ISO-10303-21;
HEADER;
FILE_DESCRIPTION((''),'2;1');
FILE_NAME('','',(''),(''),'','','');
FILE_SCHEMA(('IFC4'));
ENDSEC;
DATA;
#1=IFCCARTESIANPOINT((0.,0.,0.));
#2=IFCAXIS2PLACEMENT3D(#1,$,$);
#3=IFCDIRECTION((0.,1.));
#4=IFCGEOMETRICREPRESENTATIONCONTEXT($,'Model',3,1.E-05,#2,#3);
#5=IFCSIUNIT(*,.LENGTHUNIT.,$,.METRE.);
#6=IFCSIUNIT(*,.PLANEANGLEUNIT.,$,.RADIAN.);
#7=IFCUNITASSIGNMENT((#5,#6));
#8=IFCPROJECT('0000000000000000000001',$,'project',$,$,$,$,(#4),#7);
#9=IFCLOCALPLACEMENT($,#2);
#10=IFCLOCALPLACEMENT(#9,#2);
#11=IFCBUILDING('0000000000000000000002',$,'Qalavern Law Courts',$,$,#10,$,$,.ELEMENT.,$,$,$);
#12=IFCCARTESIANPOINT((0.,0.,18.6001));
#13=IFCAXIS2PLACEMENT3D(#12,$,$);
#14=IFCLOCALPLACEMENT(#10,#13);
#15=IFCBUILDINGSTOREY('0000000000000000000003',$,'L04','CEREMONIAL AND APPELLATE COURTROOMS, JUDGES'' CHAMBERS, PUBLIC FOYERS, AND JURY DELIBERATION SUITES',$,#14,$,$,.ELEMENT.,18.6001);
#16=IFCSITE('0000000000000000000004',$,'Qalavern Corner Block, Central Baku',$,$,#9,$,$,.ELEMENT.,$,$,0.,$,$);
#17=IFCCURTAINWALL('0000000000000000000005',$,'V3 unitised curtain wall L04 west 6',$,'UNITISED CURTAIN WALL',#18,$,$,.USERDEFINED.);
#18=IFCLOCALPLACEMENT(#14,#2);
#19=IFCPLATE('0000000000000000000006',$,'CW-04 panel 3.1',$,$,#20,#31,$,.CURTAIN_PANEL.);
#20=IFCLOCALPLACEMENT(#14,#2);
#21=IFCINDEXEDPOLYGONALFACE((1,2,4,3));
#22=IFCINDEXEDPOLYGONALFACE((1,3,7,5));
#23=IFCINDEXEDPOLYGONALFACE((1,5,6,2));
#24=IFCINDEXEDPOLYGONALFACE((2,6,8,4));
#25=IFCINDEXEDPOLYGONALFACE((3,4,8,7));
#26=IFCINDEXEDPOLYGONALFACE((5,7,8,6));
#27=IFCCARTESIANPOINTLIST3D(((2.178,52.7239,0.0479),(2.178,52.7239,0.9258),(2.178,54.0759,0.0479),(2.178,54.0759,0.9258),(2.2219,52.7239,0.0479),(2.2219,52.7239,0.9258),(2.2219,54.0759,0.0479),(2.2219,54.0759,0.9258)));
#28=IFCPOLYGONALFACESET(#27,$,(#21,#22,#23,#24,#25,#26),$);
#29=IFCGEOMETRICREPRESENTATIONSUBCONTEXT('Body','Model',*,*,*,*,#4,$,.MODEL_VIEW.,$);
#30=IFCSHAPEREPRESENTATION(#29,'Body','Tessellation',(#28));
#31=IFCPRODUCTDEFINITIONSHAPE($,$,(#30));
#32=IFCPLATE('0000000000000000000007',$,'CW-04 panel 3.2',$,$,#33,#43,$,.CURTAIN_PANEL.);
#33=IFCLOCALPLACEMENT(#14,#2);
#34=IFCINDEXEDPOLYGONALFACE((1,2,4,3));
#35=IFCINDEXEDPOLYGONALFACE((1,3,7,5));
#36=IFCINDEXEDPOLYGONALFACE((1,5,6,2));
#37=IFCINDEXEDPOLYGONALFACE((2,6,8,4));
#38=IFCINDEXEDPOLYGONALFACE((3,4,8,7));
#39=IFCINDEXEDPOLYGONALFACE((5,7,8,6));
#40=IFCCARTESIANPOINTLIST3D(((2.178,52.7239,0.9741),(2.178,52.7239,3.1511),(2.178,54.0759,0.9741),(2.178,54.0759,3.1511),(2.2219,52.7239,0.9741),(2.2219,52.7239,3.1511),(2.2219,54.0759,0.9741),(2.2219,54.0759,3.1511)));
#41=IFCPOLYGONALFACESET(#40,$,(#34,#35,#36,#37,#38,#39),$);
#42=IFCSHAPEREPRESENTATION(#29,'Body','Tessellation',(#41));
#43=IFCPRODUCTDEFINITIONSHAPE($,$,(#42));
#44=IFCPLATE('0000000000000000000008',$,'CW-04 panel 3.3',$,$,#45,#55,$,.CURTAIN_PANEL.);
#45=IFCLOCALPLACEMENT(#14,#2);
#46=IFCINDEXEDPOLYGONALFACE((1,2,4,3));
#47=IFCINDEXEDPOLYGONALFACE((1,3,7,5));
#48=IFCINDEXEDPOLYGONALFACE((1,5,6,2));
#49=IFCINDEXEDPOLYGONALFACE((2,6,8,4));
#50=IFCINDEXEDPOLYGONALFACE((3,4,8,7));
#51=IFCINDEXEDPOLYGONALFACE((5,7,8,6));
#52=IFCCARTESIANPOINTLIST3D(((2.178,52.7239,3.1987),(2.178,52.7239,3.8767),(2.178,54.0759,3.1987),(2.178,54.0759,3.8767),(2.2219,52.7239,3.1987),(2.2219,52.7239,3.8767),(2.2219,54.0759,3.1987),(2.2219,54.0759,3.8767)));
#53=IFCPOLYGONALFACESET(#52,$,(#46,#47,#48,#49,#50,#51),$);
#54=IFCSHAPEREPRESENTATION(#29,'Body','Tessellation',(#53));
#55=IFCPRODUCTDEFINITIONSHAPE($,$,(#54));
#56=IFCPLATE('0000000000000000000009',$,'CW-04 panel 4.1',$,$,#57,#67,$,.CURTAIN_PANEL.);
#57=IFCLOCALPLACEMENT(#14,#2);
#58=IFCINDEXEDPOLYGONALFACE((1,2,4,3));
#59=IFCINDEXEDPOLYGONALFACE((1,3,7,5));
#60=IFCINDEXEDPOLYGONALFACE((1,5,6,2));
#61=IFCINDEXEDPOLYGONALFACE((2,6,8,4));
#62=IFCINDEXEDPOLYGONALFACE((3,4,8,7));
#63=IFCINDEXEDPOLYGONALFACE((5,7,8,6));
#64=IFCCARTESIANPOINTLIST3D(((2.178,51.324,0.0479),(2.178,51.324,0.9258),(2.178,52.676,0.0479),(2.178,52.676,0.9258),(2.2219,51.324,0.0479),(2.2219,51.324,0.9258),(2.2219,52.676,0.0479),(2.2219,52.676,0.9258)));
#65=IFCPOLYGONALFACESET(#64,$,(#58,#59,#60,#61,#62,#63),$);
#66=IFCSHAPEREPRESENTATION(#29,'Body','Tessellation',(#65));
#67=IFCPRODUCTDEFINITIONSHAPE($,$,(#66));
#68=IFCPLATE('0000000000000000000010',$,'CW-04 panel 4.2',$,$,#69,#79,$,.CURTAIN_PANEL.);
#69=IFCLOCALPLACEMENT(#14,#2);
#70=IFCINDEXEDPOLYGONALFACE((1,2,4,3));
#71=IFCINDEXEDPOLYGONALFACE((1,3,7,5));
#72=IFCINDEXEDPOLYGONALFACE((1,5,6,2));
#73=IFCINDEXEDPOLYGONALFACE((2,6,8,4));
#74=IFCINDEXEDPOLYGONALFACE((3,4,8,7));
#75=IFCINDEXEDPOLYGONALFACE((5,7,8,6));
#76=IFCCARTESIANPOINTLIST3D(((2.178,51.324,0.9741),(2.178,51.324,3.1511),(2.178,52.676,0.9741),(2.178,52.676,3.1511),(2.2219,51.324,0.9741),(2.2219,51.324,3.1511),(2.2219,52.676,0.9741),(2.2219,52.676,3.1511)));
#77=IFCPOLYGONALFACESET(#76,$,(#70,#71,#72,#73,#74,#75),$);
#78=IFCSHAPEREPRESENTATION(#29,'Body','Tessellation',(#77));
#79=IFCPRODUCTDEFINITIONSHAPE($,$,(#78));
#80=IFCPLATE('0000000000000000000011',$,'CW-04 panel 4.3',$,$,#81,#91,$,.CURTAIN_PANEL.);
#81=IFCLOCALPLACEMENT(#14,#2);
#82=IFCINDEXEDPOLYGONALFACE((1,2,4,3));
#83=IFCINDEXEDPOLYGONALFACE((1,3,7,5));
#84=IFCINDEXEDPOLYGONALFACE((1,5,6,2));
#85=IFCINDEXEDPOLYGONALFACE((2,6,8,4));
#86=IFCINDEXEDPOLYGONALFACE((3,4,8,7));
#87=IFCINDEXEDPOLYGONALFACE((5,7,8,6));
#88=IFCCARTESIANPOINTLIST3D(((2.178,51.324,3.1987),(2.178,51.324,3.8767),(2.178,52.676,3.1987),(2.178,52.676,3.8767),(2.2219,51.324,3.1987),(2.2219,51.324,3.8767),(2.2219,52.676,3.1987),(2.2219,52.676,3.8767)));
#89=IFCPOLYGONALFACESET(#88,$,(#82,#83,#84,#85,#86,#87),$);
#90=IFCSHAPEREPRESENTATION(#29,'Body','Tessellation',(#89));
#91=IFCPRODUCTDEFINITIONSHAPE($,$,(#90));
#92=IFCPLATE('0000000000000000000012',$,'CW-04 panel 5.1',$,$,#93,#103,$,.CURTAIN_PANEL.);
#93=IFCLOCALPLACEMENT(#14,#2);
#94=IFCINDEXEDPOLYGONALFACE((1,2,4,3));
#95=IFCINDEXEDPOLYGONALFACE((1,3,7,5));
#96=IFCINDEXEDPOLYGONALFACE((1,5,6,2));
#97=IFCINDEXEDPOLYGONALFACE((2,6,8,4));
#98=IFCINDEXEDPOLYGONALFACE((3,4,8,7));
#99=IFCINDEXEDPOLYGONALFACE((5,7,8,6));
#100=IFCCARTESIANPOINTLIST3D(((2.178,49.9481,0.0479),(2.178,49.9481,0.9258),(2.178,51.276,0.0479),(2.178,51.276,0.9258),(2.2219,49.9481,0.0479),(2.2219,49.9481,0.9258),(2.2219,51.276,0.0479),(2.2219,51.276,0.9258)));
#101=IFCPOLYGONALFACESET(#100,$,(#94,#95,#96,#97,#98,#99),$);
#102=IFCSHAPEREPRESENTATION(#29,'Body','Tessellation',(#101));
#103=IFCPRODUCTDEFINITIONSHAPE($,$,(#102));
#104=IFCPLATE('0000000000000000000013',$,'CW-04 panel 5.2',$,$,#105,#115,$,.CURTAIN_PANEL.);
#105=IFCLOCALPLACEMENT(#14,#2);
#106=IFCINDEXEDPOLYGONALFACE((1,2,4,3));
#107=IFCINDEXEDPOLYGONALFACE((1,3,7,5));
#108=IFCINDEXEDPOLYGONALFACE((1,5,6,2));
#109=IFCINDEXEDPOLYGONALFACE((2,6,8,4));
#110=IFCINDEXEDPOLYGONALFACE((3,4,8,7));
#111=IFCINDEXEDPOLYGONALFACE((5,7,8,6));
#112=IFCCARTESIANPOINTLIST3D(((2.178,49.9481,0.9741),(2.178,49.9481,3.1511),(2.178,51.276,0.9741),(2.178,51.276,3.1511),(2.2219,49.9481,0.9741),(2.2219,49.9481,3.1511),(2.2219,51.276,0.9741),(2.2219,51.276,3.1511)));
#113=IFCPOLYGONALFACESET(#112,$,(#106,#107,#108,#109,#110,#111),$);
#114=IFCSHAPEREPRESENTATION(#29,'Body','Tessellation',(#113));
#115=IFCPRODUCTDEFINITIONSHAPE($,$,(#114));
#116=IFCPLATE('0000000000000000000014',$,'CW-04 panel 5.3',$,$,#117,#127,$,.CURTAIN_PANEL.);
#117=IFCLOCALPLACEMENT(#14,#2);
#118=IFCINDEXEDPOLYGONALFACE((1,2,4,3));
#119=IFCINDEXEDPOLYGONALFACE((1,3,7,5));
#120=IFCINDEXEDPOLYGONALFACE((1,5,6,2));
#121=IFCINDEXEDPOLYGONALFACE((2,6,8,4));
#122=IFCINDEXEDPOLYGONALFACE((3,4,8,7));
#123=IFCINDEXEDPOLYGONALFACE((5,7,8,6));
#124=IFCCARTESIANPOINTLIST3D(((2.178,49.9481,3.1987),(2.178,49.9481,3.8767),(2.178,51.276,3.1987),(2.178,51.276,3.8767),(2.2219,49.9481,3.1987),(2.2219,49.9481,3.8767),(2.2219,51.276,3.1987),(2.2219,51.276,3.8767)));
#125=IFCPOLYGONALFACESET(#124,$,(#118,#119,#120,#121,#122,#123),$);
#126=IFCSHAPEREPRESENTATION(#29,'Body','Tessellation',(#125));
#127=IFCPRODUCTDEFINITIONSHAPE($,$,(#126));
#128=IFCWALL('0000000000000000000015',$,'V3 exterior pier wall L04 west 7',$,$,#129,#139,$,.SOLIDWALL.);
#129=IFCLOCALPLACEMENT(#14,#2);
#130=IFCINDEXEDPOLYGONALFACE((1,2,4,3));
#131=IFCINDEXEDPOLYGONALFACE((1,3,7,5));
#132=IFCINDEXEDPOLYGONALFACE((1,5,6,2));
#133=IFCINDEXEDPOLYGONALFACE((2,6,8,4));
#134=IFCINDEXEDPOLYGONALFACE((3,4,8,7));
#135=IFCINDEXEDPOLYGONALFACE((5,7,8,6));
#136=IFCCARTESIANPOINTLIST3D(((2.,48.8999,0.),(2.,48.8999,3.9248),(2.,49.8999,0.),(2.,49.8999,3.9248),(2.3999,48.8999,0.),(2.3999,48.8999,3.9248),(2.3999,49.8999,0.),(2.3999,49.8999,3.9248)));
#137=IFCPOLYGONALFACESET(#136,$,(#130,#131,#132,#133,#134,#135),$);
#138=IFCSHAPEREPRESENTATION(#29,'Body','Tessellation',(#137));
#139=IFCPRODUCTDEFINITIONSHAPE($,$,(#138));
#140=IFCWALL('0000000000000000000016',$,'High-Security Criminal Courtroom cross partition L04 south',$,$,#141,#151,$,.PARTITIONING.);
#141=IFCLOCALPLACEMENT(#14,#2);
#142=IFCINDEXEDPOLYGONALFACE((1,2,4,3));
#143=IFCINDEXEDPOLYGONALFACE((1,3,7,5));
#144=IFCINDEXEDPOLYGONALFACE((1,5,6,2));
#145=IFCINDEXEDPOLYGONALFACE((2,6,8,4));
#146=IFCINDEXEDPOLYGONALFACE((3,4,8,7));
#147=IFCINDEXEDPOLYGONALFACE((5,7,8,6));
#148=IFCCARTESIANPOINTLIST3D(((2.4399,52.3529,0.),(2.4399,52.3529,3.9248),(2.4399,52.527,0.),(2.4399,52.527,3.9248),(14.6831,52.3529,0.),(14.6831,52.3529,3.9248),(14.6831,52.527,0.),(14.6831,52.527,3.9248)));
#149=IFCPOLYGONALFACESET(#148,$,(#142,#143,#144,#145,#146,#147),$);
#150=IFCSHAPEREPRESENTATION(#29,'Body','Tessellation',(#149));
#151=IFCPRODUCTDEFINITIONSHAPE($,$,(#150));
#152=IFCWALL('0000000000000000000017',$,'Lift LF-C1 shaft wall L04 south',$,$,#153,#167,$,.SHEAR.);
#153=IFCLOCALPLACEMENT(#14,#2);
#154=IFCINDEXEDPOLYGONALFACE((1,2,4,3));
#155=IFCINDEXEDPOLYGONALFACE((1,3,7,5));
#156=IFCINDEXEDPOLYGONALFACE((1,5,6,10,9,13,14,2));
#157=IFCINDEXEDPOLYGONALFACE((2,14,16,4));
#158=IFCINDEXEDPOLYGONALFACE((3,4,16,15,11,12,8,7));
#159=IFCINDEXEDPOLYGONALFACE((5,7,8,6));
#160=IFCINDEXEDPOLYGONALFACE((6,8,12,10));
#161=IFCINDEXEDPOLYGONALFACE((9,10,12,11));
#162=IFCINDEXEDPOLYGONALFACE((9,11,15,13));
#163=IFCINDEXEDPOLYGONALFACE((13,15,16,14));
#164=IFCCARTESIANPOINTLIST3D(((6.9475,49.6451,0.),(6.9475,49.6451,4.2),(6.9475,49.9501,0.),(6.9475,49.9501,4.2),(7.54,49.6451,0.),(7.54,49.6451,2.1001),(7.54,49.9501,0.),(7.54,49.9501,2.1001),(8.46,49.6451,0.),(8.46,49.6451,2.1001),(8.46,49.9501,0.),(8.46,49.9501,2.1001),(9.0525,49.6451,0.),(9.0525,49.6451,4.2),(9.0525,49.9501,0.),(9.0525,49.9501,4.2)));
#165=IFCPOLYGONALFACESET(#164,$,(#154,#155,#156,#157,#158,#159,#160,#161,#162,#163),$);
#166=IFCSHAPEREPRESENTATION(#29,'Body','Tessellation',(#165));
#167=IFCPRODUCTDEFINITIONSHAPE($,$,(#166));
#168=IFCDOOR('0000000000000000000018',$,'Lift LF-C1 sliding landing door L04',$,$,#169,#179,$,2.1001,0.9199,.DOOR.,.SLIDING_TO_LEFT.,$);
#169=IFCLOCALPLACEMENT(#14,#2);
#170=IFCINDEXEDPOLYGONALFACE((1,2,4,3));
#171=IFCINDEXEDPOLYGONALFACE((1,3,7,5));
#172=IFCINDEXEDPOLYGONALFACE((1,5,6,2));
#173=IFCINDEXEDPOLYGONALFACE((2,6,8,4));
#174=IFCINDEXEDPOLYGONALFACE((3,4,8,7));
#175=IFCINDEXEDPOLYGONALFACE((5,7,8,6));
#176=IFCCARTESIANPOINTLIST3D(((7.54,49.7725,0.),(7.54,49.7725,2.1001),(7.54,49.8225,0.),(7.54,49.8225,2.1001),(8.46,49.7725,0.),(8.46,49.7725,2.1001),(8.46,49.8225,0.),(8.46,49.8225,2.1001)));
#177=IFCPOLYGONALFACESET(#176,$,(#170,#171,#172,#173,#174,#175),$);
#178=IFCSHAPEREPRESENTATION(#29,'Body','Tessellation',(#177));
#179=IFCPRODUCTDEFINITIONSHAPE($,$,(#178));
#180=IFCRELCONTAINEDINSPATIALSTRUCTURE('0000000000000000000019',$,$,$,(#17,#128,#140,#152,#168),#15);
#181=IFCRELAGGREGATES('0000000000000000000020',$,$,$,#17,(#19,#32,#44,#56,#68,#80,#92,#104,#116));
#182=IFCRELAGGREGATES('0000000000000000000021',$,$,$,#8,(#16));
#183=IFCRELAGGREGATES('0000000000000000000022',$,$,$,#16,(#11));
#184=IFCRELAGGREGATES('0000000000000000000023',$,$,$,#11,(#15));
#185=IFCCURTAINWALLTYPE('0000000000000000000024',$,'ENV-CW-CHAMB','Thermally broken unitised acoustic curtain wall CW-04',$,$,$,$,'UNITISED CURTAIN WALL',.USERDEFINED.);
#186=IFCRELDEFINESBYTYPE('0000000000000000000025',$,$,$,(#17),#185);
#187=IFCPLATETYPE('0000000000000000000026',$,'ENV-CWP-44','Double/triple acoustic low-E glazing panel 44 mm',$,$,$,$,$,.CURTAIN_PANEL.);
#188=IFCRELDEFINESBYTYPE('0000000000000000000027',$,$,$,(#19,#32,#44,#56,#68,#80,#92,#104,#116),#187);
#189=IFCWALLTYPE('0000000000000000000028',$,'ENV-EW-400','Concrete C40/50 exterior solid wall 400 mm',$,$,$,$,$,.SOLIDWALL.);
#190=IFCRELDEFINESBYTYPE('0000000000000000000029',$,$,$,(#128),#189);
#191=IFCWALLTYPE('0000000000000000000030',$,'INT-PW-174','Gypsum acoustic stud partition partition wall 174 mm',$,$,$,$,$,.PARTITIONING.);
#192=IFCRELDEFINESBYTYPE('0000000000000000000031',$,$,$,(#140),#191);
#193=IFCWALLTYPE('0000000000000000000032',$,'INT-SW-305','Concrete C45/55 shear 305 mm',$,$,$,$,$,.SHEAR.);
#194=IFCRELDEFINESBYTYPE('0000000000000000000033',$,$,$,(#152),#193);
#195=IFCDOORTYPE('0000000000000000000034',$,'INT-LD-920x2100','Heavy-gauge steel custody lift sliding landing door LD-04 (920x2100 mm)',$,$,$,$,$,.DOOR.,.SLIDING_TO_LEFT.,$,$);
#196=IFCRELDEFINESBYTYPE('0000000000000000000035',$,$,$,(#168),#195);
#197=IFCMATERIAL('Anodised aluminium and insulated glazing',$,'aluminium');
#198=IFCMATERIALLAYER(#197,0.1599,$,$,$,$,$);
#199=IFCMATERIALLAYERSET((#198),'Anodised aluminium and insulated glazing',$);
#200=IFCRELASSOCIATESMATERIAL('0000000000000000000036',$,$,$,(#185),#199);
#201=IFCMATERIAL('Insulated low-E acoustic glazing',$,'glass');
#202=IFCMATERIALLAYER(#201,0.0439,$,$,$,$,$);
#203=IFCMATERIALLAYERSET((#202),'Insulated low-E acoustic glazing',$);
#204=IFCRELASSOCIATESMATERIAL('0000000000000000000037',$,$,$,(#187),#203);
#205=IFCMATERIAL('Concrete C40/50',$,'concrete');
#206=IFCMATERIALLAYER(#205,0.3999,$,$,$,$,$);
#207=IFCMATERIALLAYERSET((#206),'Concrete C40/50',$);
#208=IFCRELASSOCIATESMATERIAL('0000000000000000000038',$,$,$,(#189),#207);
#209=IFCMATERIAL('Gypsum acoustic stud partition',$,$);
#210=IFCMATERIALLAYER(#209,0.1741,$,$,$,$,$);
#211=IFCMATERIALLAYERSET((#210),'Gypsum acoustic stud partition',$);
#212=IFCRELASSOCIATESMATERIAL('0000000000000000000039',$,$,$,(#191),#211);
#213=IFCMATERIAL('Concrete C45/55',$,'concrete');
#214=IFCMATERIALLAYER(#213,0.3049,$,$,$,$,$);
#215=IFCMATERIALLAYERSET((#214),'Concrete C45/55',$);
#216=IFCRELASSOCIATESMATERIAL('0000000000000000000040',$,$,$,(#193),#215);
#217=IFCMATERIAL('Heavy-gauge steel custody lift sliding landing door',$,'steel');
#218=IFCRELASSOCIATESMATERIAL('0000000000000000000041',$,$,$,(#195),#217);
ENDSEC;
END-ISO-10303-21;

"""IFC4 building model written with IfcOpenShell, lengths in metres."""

from ifc_helpers import new_model, si_unit, direction, frame, frame_2d, origin, origin_2d, place, context, subcontext, project, spatial, rectangle, extrude, material, layer, layer_set, type_object, element, fill, aggregate, save


model = new_model("IFC4")

# Units and contexts
model_context = context("Model", 3, precision=1e-05, world=origin(), true_north=direction((0.0, 1.0)))
body_context = subcontext(model_context, "Body", "Model", "MODEL_VIEW")
ifc_project = project(units=[si_unit("LENGTHUNIT", "METRE"), si_unit("PLANEANGLEUNIT", "RADIAN")], contexts=[model_context])

# Site, building, storey
site_placement = place(None, origin())
site = spatial("IfcSite", under=ifc_project, at=site_placement, Name="Qalavern Corner Block, Central Baku", CompositionType="ELEMENT", RefElevation=0.0)
building_placement = place(site_placement, origin())
building = spatial("IfcBuilding", under=site, at=building_placement, Name="Qalavern Law Courts", CompositionType="ELEMENT")
storey_placement = place(building_placement, frame((0.0, 0.0, 18.6001)))
storey = spatial("IfcBuildingStorey", under=building, at=storey_placement, Name="L04", Description="CEREMONIAL AND APPELLATE COURTROOMS, JUDGES' CHAMBERS, PUBLIC FOYERS, AND JURY DELIBERATION SUITES", CompositionType="ELEMENT", Elevation=18.6001)

# Curtain wall
ifc_material_1 = material(Name="Anodised aluminium and insulated glazing", Category="aluminium")
ifc_layer_1 = layer(ifc_material_1, 0.1599)
ifc_layer_set_1 = layer_set([ifc_layer_1], Name="Anodised aluminium and insulated glazing")
curtain_wall_type = type_object("IfcCurtainWallType", Name="ENV-CW-CHAMB", Description="Thermally broken unitised acoustic curtain wall CW-04", ElementType="UNITISED CURTAIN WALL", PredefinedType="USERDEFINED", material=ifc_layer_set_1)
curtain_wall_placement = place(storey_placement, origin())
curtain_wall = element("IfcCurtainWall", 1, at=curtain_wall_placement, inside=storey, type_object=curtain_wall_type, Name="V3 unitised curtain wall L04 west 6", ObjectType="UNITISED CURTAIN WALL", PredefinedType="USERDEFINED")

# Shared definitions
ifc_material_2 = material(Name="Concrete C40/50", Category="concrete")

# Plates
ifc_material_3 = material(Name="Insulated low-E acoustic glazing", Category="glass")
ifc_layer_2 = layer(ifc_material_3, 0.0439)
ifc_layer_set_2 = layer_set([ifc_layer_2], Name="Insulated low-E acoustic glazing")
plate_type = type_object("IfcPlateType", Name="ENV-CWP-44", Description="Double/triple acoustic low-E glazing panel 44 mm", PredefinedType="CURTAIN_PANEL", material=ifc_layer_set_2)
plate_1_placement = place(storey_placement, frame((2.2, 53.3999, 0.0479), z_axis=(0.0, 0.0, 1.0), x_axis=(0.0, -1.0, 0.0)))
plate_1 = element("IfcPlate", 2, at=plate_1_placement, type_object=plate_type, Name="CW-04 panel 3.1", PredefinedType="CURTAIN_PANEL", context=body_context, shape_type="SweptSolid", body=[
    extrude(rectangle(XDim=1.3521, YDim=0.0439, at=origin_2d()), origin(), (0.0, 0.0, 1.0), 0.8779),
])
plate_2_placement = place(storey_placement, frame((2.2, 53.3999, 0.9741), z_axis=(0.0, 0.0, 1.0), x_axis=(0.0, -1.0, 0.0)))
plate_2 = element("IfcPlate", 3, at=plate_2_placement, type_object=plate_type, Name="CW-04 panel 3.2", PredefinedType="CURTAIN_PANEL", context=body_context, shape_type="SweptSolid", body=[
    extrude(rectangle(XDim=1.3521, YDim=0.0439, at=origin_2d()), origin(), (0.0, 0.0, 1.0), 2.177),
])
plate_3_placement = place(storey_placement, frame((2.2, 53.3999, 3.1987), z_axis=(0.0, 0.0, 1.0), x_axis=(0.0, -1.0, 0.0)))
plate_3 = element("IfcPlate", 4, at=plate_3_placement, type_object=plate_type, Name="CW-04 panel 3.3", PredefinedType="CURTAIN_PANEL", context=body_context, shape_type="SweptSolid", body=[
    extrude(rectangle(XDim=1.3521, YDim=0.0439, at=origin_2d()), origin(), (0.0, 0.0, 1.0), 0.678),
])
plate_4_placement = place(storey_placement, frame((2.2, 52.0, 0.0479), z_axis=(0.0, 0.0, 1.0), x_axis=(0.0, -1.0, 0.0)))
plate_4 = element("IfcPlate", 5, at=plate_4_placement, type_object=plate_type, Name="CW-04 panel 4.1", PredefinedType="CURTAIN_PANEL", context=body_context, shape_type="SweptSolid", body=[
    extrude(rectangle(XDim=1.3521, YDim=0.0439, at=origin_2d()), origin(), (0.0, 0.0, 1.0), 0.8779),
])
plate_5_placement = place(storey_placement, frame((2.2, 52.0, 0.9741), z_axis=(0.0, 0.0, 1.0), x_axis=(0.0, -1.0, 0.0)))
plate_5 = element("IfcPlate", 6, at=plate_5_placement, type_object=plate_type, Name="CW-04 panel 4.2", PredefinedType="CURTAIN_PANEL", context=body_context, shape_type="SweptSolid", body=[
    extrude(rectangle(XDim=1.3521, YDim=0.0439, at=origin_2d()), origin(), (0.0, 0.0, 1.0), 2.177),
])
plate_6_placement = place(storey_placement, frame((2.2, 52.0, 3.1987), z_axis=(0.0, 0.0, 1.0), x_axis=(0.0, -1.0, 0.0)))
plate_6 = element("IfcPlate", 7, at=plate_6_placement, type_object=plate_type, Name="CW-04 panel 4.3", PredefinedType="CURTAIN_PANEL", context=body_context, shape_type="SweptSolid", body=[
    extrude(rectangle(XDim=1.3521, YDim=0.0439, at=origin_2d()), origin(), (0.0, 0.0, 1.0), 0.678),
])
plate_7_placement = place(storey_placement, frame((2.2, 50.6121, 0.0479), z_axis=(0.0, 0.0, 1.0), x_axis=(0.0, -1.0, 0.0)))
plate_7 = element("IfcPlate", 8, at=plate_7_placement, type_object=plate_type, Name="CW-04 panel 5.1", PredefinedType="CURTAIN_PANEL", context=body_context, shape_type="SweptSolid", body=[
    extrude(rectangle(XDim=1.3279, YDim=0.0439, at=origin_2d()), origin(), (0.0, 0.0, 1.0), 0.8779),
])
plate_8_placement = place(storey_placement, frame((2.2, 50.6121, 0.9741), z_axis=(0.0, 0.0, 1.0), x_axis=(0.0, -1.0, 0.0)))
plate_8 = element("IfcPlate", 9, at=plate_8_placement, type_object=plate_type, Name="CW-04 panel 5.2", PredefinedType="CURTAIN_PANEL", context=body_context, shape_type="SweptSolid", body=[
    extrude(rectangle(XDim=1.3279, YDim=0.0439, at=origin_2d()), origin(), (0.0, 0.0, 1.0), 2.177),
])
plate_9_placement = place(storey_placement, frame((2.2, 50.6121, 3.1987), z_axis=(0.0, 0.0, 1.0), x_axis=(0.0, -1.0, 0.0)))
plate_9 = element("IfcPlate", 10, at=plate_9_placement, type_object=plate_type, Name="CW-04 panel 5.3", PredefinedType="CURTAIN_PANEL", context=body_context, shape_type="SweptSolid", body=[
    extrude(rectangle(XDim=1.3279, YDim=0.0439, at=origin_2d()), origin(), (0.0, 0.0, 1.0), 0.678),
])
aggregate(curtain_wall, [plate_1, plate_2, plate_3, plate_4, plate_5, plate_6, plate_7, plate_8, plate_9])

# Walls
ifc_layer_3 = layer(ifc_material_2, 0.3999)
ifc_layer_set_3 = layer_set([ifc_layer_3], Name="Concrete C40/50")
wall_type_1 = type_object("IfcWallType", Name="ENV-EW-400", Description="Concrete C40/50 exterior solid wall 400 mm", PredefinedType="SOLIDWALL", material=ifc_layer_set_3)
wall_1_placement = place(storey_placement, frame((2.2, 49.8999, 0.0), z_axis=(0.0, 0.0, 1.0), x_axis=(0.0, -1.0, 0.0)))
element("IfcWall", 11, at=wall_1_placement, inside=storey, type_object=wall_type_1, Name="V3 exterior pier wall L04 west 7", PredefinedType="SOLIDWALL", context=body_context, shape_type="SweptSolid", body=[
    extrude(rectangle(XDim=1.0, YDim=0.3999, at=frame_2d((0.5, 0.0))), origin(), (0.0, 0.0, 1.0), 3.9248),
])
ifc_material_4 = material(Name="Gypsum acoustic stud partition")
ifc_layer_4 = layer(ifc_material_4, 0.1741)
ifc_layer_set_4 = layer_set([ifc_layer_4], Name="Gypsum acoustic stud partition")
wall_type_2 = type_object("IfcWallType", Name="INT-PW-174", Description="Gypsum acoustic stud partition partition wall 174 mm", PredefinedType="PARTITIONING", material=ifc_layer_set_4)
wall_2_placement = place(storey_placement, frame((2.4399, 52.4399, 0.0), z_axis=(0.0, 0.0, 1.0), x_axis=(1.0, 0.0, 0.0)))
element("IfcWall", 12, at=wall_2_placement, inside=storey, type_object=wall_type_2, Name="High-Security Criminal Courtroom cross partition L04 south", PredefinedType="PARTITIONING", context=body_context, shape_type="SweptSolid", body=[
    extrude(rectangle(XDim=12.2432, YDim=0.1741, at=frame_2d((6.1216, 0.0))), origin(), (0.0, 0.0, 1.0), 3.9248),
])

# Wall, opening, door
ifc_material_5 = material(Name="Concrete C45/55", Category="concrete")
ifc_layer_5 = layer(ifc_material_5, 0.3049)
ifc_layer_set_5 = layer_set([ifc_layer_5], Name="Concrete C45/55")
wall_type_3 = type_object("IfcWallType", Name="INT-SW-305", Description="Concrete C45/55 shear 305 mm", PredefinedType="SHEAR", material=ifc_layer_set_5)
wall_3_placement = place(storey_placement, frame((6.9475, 49.7976, 0.0), z_axis=(0.0, 0.0, 1.0), x_axis=(1.0, 0.0, 0.0)))
wall_3 = element("IfcWall", 13, at=wall_3_placement, inside=storey, type_object=wall_type_3, Name="Lift LF-C1 shaft wall L04 south", PredefinedType="SHEAR", context=body_context, shape_type="SweptSolid", body=[
    extrude(rectangle(XDim=2.105, YDim=0.3049, at=frame_2d((1.0525, 0.0))), origin(), (0.0, 0.0, 1.0), 4.2),
])
opening_placement = place(wall_3_placement, frame((0.5925, 0.0, 0.0)))
opening = element("IfcOpeningElement", 14, at=opening_placement, cuts=wall_3, PredefinedType="OPENING", context=body_context, shape_type="SweptSolid", body=[
    extrude(rectangle(XDim=0.9199, YDim=2.1001, at=frame_2d((0.46, 1.05))), frame((0.0, 0.1675, 0.0), z_axis=(0.0, -1.0, 0.0), x_axis=(1.0, 0.0, 0.0)), (0.0, 0.0, 1.0), 0.3347),
])
ifc_material_6 = material(Name="Heavy-gauge steel custody lift sliding landing door", Category="steel")
door_type = type_object("IfcDoorType", Name="INT-LD-920x2100", Description="Heavy-gauge steel custody lift sliding landing door LD-04 (920x2100 mm)", OperationType="SLIDING_TO_LEFT", PredefinedType="DOOR", material=ifc_material_6)
door_placement = place(opening_placement, origin())
door = element("IfcDoor", 15, at=door_placement, inside=storey, type_object=door_type, Name="Lift LF-C1 sliding landing door L04", OperationType="SLIDING_TO_LEFT", OverallHeight=2.1001, OverallWidth=0.9199, PredefinedType="DOOR", context=body_context, shape_type="SweptSolid", body=[
    extrude(rectangle(XDim=0.9199, YDim=2.1001, at=frame_2d((0.46, 1.05))), frame((0.0, 0.0249, 0.0), z_axis=(0.0, -1.0, 0.0), x_axis=(1.0, 0.0, 0.0)), (0.0, 0.0, 1.0), 0.05),
])
fill(opening, door)

save(model, "model.ifc")
